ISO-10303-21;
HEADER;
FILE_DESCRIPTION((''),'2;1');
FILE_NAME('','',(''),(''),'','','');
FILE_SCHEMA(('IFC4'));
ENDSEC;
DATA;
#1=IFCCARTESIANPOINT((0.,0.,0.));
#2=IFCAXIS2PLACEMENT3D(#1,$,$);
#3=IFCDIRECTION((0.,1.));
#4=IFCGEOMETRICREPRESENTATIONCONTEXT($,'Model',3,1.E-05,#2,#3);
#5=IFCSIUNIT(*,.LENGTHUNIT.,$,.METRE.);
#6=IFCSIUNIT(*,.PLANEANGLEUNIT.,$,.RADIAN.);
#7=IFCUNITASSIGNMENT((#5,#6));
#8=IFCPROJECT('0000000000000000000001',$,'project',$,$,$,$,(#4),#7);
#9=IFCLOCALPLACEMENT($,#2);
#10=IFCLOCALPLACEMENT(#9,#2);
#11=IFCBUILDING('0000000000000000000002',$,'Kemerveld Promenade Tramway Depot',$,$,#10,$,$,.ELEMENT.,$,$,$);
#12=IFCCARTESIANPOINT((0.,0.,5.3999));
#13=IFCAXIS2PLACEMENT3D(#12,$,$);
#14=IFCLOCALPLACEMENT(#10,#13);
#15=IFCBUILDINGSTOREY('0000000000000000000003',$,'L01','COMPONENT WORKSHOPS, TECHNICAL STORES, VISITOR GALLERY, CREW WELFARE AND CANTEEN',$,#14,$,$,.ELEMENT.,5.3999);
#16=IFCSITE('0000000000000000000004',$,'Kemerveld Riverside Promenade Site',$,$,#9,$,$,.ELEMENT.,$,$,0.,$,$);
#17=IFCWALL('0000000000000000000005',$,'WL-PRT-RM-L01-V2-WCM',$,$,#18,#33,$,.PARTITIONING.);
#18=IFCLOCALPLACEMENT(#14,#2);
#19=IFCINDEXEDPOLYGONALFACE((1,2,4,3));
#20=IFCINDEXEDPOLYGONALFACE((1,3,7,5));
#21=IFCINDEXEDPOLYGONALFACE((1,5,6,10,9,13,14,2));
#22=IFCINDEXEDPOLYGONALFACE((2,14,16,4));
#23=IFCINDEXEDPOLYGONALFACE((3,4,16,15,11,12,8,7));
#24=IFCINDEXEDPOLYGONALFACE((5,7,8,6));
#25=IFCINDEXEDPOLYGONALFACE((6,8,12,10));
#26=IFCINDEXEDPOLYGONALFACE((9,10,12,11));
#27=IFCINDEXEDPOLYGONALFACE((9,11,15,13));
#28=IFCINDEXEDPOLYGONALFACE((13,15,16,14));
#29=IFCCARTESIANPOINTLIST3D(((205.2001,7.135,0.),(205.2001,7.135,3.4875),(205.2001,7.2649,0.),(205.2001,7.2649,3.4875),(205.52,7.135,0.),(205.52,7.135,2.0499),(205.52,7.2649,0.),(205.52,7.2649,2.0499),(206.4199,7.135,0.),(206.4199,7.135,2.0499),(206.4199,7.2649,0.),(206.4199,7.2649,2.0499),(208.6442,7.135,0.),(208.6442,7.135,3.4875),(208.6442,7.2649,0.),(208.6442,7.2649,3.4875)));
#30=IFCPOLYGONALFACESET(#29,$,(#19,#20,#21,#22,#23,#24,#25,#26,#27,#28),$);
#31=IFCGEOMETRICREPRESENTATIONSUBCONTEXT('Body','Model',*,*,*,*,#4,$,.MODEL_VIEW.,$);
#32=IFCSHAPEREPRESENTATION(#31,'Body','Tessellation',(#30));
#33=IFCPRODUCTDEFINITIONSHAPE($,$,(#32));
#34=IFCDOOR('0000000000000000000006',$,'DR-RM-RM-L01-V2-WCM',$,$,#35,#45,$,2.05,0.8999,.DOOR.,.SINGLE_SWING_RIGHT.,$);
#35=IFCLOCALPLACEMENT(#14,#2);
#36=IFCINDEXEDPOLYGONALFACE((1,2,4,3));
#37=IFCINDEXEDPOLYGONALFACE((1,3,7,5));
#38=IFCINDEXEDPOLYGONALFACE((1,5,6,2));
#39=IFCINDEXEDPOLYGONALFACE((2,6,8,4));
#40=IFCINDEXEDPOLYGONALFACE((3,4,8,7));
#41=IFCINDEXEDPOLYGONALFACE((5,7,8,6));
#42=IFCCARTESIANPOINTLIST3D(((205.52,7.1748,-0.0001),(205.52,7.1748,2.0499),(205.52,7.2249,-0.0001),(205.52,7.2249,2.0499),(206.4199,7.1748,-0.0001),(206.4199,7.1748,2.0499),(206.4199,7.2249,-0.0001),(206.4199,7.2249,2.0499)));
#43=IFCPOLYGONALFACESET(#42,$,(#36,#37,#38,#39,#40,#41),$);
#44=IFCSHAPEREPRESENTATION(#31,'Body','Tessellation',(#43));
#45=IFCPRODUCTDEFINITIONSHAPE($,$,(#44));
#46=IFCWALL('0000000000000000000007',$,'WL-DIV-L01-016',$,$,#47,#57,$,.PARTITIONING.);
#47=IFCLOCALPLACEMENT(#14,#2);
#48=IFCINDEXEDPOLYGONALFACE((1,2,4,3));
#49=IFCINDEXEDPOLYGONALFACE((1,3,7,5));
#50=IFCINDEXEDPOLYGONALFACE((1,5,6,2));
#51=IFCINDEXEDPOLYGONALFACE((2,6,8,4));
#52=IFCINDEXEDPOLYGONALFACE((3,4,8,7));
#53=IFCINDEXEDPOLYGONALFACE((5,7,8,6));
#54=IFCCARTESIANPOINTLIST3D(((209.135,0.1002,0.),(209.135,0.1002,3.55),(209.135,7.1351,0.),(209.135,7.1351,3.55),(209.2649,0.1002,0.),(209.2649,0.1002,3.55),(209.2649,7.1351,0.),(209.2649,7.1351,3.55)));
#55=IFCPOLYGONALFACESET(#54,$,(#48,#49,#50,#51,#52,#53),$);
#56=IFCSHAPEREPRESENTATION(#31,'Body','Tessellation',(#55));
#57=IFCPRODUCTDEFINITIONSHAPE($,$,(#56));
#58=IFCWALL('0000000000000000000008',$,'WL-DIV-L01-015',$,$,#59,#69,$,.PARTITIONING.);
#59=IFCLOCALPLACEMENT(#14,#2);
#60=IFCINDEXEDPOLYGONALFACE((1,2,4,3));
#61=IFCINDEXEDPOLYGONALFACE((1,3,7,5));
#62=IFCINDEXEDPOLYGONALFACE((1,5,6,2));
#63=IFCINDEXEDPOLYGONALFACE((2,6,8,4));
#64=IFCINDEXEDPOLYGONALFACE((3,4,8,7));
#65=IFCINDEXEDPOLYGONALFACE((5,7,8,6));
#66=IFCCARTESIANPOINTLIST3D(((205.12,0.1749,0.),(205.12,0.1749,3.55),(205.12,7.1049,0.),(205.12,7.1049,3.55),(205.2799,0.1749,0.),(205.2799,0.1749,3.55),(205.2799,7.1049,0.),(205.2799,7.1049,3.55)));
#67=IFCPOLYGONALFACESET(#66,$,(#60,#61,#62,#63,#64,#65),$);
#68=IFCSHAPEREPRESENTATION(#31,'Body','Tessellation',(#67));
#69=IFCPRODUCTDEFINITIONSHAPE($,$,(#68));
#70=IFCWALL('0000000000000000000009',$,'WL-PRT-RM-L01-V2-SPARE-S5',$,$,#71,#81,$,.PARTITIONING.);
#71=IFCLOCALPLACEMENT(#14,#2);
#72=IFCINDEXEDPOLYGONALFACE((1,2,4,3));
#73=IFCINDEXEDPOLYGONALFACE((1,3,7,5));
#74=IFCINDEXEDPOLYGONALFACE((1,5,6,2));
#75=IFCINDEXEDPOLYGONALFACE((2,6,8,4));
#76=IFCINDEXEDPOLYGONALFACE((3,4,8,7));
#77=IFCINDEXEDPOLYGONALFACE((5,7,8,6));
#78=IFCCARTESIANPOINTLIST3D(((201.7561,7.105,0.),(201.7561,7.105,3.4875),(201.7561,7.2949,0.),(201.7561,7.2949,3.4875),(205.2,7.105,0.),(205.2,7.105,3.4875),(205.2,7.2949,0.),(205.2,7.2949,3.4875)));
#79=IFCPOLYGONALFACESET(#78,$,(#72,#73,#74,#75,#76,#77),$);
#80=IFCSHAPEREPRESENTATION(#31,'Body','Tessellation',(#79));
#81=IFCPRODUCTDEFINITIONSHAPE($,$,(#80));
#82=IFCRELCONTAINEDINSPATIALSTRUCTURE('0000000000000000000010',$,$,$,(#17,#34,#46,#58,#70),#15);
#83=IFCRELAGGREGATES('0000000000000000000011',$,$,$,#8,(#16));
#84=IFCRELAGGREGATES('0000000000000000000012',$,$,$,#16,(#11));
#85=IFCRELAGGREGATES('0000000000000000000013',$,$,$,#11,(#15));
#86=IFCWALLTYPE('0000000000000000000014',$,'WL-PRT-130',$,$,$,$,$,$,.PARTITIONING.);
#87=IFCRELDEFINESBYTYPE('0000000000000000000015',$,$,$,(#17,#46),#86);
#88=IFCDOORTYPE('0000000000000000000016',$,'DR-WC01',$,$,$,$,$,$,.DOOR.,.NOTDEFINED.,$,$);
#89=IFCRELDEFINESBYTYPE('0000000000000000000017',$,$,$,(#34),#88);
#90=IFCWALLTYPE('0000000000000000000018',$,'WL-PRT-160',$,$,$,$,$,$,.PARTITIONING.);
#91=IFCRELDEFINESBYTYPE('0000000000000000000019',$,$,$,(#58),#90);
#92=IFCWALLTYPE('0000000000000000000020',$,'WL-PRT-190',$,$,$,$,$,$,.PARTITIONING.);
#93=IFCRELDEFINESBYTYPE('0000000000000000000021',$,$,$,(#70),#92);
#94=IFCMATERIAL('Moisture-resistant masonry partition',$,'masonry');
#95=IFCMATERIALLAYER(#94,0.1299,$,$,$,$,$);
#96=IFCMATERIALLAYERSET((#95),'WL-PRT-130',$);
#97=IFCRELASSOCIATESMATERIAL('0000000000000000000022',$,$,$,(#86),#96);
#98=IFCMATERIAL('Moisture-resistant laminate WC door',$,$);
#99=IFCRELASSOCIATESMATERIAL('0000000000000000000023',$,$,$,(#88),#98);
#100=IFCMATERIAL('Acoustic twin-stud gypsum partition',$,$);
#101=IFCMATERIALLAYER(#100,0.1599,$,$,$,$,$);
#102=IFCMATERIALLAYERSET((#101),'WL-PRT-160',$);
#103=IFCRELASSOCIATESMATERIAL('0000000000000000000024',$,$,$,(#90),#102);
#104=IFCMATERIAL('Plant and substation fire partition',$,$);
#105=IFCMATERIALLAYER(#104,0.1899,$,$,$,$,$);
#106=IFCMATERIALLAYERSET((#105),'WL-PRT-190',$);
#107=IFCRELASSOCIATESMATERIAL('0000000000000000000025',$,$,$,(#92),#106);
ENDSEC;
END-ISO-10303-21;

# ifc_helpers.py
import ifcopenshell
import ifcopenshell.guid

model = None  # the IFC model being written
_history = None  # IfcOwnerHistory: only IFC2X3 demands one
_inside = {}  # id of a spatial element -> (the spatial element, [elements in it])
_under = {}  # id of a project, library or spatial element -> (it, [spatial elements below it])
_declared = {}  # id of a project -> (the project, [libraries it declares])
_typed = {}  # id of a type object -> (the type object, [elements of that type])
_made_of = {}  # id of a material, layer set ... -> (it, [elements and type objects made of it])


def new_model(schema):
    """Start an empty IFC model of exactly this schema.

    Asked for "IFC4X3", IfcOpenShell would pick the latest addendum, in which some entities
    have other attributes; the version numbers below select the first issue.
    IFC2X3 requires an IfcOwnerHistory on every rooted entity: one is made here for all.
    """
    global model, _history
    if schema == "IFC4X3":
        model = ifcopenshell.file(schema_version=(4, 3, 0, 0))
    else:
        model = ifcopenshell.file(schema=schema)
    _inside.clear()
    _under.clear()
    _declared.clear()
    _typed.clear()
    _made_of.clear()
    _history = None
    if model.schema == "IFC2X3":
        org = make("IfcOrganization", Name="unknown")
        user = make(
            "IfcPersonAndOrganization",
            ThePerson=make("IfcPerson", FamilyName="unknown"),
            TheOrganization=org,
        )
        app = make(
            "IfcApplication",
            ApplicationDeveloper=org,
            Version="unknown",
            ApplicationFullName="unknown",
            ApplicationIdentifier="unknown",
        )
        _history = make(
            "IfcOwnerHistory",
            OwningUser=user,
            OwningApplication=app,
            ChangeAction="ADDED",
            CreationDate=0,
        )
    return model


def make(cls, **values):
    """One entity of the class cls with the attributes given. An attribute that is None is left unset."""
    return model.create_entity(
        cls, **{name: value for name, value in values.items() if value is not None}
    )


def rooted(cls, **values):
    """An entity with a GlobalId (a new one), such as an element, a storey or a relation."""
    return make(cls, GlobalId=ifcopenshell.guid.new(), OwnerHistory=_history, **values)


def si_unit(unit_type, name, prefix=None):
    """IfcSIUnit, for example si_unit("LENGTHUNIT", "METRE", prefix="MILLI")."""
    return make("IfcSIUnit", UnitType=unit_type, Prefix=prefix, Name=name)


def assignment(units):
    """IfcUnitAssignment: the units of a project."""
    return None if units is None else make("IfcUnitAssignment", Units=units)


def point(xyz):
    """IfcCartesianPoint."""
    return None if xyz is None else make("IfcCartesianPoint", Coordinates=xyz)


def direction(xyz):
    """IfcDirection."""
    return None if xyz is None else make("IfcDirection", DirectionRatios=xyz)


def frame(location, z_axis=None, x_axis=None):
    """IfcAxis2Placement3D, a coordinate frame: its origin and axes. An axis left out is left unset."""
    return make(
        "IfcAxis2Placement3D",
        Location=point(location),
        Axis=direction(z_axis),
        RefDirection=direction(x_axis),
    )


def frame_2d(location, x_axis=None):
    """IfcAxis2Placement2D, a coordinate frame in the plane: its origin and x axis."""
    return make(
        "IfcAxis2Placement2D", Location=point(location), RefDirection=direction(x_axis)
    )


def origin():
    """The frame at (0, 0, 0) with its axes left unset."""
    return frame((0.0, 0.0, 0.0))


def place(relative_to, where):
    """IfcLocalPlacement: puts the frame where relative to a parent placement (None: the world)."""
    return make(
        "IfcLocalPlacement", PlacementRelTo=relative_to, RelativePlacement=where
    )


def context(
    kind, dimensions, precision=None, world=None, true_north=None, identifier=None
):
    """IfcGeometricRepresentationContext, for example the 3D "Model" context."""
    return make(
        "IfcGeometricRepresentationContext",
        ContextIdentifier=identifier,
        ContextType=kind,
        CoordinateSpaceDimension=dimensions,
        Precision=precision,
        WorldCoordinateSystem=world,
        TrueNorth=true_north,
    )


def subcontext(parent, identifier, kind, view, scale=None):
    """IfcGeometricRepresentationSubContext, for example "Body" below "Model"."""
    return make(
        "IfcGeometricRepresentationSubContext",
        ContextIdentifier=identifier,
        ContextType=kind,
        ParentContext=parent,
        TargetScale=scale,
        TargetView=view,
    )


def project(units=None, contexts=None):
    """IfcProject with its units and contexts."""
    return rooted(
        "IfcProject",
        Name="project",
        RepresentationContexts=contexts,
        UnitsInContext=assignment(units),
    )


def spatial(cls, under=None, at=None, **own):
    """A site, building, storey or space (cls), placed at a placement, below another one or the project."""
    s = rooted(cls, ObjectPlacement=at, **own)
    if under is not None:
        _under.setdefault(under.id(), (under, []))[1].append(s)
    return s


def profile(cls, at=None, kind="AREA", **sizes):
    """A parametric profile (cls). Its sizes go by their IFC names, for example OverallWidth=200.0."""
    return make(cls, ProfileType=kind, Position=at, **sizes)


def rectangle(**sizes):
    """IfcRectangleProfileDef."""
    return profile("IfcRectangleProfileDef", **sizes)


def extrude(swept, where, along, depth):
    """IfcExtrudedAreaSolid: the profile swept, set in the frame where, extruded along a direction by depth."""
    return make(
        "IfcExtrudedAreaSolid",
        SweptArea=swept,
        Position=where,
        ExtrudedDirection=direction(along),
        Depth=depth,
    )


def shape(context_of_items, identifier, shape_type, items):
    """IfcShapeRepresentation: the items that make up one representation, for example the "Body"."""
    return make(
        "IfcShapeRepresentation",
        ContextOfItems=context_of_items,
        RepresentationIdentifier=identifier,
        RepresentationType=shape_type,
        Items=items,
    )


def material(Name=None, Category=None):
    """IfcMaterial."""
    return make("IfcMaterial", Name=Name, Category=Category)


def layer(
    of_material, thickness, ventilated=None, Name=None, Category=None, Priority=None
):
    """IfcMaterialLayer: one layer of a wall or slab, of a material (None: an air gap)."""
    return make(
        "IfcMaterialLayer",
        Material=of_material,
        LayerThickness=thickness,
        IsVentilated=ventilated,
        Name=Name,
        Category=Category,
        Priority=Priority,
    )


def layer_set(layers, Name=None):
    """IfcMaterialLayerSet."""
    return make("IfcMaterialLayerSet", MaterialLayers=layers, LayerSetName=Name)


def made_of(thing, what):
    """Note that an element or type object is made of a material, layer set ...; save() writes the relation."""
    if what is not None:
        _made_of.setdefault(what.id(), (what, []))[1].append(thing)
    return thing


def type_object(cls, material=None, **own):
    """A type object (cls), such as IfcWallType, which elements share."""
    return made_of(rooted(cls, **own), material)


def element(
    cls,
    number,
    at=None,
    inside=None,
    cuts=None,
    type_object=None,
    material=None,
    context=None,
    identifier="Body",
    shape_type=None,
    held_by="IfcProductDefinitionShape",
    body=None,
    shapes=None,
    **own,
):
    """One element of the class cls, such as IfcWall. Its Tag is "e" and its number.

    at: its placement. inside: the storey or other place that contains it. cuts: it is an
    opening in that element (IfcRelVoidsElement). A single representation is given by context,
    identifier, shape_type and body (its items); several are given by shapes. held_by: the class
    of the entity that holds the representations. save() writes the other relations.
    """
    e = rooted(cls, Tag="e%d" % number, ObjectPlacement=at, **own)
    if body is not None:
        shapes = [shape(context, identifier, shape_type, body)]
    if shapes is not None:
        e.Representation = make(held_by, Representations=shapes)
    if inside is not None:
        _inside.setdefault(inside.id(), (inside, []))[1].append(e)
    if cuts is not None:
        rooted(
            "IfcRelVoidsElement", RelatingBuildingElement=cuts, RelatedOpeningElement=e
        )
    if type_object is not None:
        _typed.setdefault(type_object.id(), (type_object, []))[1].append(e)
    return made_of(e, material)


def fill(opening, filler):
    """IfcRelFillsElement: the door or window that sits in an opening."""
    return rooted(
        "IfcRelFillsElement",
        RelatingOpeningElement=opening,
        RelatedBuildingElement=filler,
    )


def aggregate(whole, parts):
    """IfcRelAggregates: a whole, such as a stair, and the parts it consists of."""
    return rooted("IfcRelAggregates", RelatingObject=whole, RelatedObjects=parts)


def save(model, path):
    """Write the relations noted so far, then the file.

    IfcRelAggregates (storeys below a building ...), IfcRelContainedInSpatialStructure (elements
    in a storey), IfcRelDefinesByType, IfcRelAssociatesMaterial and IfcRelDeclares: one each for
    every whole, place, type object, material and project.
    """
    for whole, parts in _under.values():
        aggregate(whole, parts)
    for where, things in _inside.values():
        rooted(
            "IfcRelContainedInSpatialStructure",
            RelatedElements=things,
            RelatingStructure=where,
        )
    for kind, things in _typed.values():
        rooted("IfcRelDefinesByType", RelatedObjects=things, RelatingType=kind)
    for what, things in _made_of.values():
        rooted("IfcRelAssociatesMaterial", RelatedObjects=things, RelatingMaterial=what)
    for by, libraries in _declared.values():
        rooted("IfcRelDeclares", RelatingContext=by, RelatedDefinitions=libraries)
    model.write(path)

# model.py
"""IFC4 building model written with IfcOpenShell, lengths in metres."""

from ifc_helpers import new_model, si_unit, direction, frame, frame_2d, origin, place, context, subcontext, project, spatial, rectangle, extrude, material, layer, layer_set, type_object, element, fill, save


model = new_model("IFC4")

# Units and contexts
model_context = context("Model", 3, precision=1e-05, world=origin(), true_north=direction((0.0, 1.0)))
body_context = subcontext(model_context, "Body", "Model", "MODEL_VIEW")
ifc_project = project(units=[si_unit("LENGTHUNIT", "METRE"), si_unit("PLANEANGLEUNIT", "RADIAN")], contexts=[model_context])

# Site, building, storey
site_placement = place(None, origin())
site = spatial("IfcSite", under=ifc_project, at=site_placement, Name="Kemerveld Riverside Promenade Site", CompositionType="ELEMENT", RefElevation=0.0)
building_placement = place(site_placement, origin())
building = spatial("IfcBuilding", under=site, at=building_placement, Name="Kemerveld Promenade Tramway Depot", CompositionType="ELEMENT")
storey_placement = place(building_placement, frame((0.0, 0.0, 5.3999)))
storey = spatial("IfcBuildingStorey", under=building, at=storey_placement, Name="L01", Description="COMPONENT WORKSHOPS, TECHNICAL STORES, VISITOR GALLERY, CREW WELFARE AND CANTEEN", CompositionType="ELEMENT", Elevation=5.3999)

# Wall, opening, door
ifc_material_1 = material(Name="Moisture-resistant masonry partition", Category="masonry")
ifc_layer_1 = layer(ifc_material_1, 0.1299)
ifc_layer_set_1 = layer_set([ifc_layer_1], Name="WL-PRT-130")
wall_type_1 = type_object("IfcWallType", Name="WL-PRT-130", PredefinedType="PARTITIONING", material=ifc_layer_set_1)
wall_1_placement = place(storey_placement, frame((205.2, 7.2, 0.0), z_axis=(0.0, 0.0, 1.0), x_axis=(1.0, 0.0, 0.0)))
wall_1 = element("IfcWall", 1, at=wall_1_placement, inside=storey, type_object=wall_type_1, Name="WL-PRT-RM-L01-V2-WCM", PredefinedType="PARTITIONING", context=body_context, shape_type="SweptSolid", body=[
    extrude(rectangle(XDim=3.4441, YDim=0.1299, at=frame_2d((1.7222, 0.0))), origin(), (0.0, 0.0, 1.0), 3.4875),
])
opening_1_placement = place(wall_1_placement, frame((0.3201, 0.0, 0.0)))
opening_1 = element("IfcOpeningElement", 2, at=opening_1_placement, cuts=wall_1, PredefinedType="OPENING", context=body_context, shape_type="SweptSolid", body=[
    extrude(rectangle(XDim=0.8999, YDim=2.05, at=frame_2d((0.45, 1.0249))), frame((0.0, 0.075, 0.0), z_axis=(0.0, -1.0, 0.0), x_axis=(1.0, 0.0, 0.0)), (0.0, 0.0, 1.0), 0.1499),
])
ifc_material_2 = material(Name="Moisture-resistant laminate WC door")
door_type = type_object("IfcDoorType", Name="DR-WC01", OperationType="NOTDEFINED", PredefinedType="DOOR", material=ifc_material_2)
door_placement = place(opening_1_placement, origin())
door = element("IfcDoor", 3, at=door_placement, inside=storey, type_object=door_type, Name="DR-RM-RM-L01-V2-WCM", OperationType="SINGLE_SWING_RIGHT", OverallHeight=2.05, OverallWidth=0.8999, PredefinedType="DOOR", context=body_context, shape_type="SweptSolid", body=[
    extrude(rectangle(XDim=0.8999, YDim=2.05, at=frame_2d((0.45, 1.0249))), frame((0.0, 0.0249, 0.0), z_axis=(0.0, -1.0, 0.0), x_axis=(1.0, 0.0, 0.0)), (0.0, 0.0, 1.0), 0.05),
])
fill(opening_1, door)

# Walls
wall_2_placement = place(storey_placement, frame((209.2, 0.1001, 0.0), z_axis=(0.0, 0.0, 1.0), x_axis=(0.0, 1.0, 0.0)))
element("IfcWall", 4, at=wall_2_placement, inside=storey, type_object=wall_type_1, Name="WL-DIV-L01-016", PredefinedType="PARTITIONING", context=body_context, shape_type="SweptSolid", body=[
    extrude(rectangle(XDim=7.0349, YDim=0.1299, at=frame_2d((3.5176, 0.0))), origin(), (0.0, 0.0, 1.0), 3.55),
])
ifc_material_3 = material(Name="Acoustic twin-stud gypsum partition")
ifc_layer_2 = layer(ifc_material_3, 0.1599)
ifc_layer_set_2 = layer_set([ifc_layer_2], Name="WL-PRT-160")
wall_type_2 = type_object("IfcWallType", Name="WL-PRT-160", PredefinedType="PARTITIONING", material=ifc_layer_set_2)
wall_3_placement = place(storey_placement, frame((205.2, 0.175, 0.0), z_axis=(0.0, 0.0, 1.0), x_axis=(0.0, 1.0, 0.0)))
element("IfcWall", 5, at=wall_3_placement, inside=storey, type_object=wall_type_2, Name="WL-DIV-L01-015", PredefinedType="PARTITIONING", context=body_context, shape_type="SweptSolid", body=[
    extrude(rectangle(XDim=6.9299, YDim=0.1599, at=frame_2d((3.4648, 0.0))), origin(), (0.0, 0.0, 1.0), 3.55),
])
ifc_material_4 = material(Name="Plant and substation fire partition")
ifc_layer_3 = layer(ifc_material_4, 0.1899)
ifc_layer_set_3 = layer_set([ifc_layer_3], Name="WL-PRT-190")
wall_type_3 = type_object("IfcWallType", Name="WL-PRT-190", PredefinedType="PARTITIONING", material=ifc_layer_set_3)
wall_4_placement = place(storey_placement, frame((201.7561, 7.2, 0.0), z_axis=(0.0, 0.0, 1.0), x_axis=(1.0, 0.0, 0.0)))
element("IfcWall", 6, at=wall_4_placement, inside=storey, type_object=wall_type_3, Name="WL-PRT-RM-L01-V2-SPARE-S5", PredefinedType="PARTITIONING", context=body_context, shape_type="SweptSolid", body=[
    extrude(rectangle(XDim=3.4438, YDim=0.1899, at=frame_2d((1.7219, 0.0))), origin(), (0.0, 0.0, 1.0), 3.4875),
])

save(model, "model.ifc")
